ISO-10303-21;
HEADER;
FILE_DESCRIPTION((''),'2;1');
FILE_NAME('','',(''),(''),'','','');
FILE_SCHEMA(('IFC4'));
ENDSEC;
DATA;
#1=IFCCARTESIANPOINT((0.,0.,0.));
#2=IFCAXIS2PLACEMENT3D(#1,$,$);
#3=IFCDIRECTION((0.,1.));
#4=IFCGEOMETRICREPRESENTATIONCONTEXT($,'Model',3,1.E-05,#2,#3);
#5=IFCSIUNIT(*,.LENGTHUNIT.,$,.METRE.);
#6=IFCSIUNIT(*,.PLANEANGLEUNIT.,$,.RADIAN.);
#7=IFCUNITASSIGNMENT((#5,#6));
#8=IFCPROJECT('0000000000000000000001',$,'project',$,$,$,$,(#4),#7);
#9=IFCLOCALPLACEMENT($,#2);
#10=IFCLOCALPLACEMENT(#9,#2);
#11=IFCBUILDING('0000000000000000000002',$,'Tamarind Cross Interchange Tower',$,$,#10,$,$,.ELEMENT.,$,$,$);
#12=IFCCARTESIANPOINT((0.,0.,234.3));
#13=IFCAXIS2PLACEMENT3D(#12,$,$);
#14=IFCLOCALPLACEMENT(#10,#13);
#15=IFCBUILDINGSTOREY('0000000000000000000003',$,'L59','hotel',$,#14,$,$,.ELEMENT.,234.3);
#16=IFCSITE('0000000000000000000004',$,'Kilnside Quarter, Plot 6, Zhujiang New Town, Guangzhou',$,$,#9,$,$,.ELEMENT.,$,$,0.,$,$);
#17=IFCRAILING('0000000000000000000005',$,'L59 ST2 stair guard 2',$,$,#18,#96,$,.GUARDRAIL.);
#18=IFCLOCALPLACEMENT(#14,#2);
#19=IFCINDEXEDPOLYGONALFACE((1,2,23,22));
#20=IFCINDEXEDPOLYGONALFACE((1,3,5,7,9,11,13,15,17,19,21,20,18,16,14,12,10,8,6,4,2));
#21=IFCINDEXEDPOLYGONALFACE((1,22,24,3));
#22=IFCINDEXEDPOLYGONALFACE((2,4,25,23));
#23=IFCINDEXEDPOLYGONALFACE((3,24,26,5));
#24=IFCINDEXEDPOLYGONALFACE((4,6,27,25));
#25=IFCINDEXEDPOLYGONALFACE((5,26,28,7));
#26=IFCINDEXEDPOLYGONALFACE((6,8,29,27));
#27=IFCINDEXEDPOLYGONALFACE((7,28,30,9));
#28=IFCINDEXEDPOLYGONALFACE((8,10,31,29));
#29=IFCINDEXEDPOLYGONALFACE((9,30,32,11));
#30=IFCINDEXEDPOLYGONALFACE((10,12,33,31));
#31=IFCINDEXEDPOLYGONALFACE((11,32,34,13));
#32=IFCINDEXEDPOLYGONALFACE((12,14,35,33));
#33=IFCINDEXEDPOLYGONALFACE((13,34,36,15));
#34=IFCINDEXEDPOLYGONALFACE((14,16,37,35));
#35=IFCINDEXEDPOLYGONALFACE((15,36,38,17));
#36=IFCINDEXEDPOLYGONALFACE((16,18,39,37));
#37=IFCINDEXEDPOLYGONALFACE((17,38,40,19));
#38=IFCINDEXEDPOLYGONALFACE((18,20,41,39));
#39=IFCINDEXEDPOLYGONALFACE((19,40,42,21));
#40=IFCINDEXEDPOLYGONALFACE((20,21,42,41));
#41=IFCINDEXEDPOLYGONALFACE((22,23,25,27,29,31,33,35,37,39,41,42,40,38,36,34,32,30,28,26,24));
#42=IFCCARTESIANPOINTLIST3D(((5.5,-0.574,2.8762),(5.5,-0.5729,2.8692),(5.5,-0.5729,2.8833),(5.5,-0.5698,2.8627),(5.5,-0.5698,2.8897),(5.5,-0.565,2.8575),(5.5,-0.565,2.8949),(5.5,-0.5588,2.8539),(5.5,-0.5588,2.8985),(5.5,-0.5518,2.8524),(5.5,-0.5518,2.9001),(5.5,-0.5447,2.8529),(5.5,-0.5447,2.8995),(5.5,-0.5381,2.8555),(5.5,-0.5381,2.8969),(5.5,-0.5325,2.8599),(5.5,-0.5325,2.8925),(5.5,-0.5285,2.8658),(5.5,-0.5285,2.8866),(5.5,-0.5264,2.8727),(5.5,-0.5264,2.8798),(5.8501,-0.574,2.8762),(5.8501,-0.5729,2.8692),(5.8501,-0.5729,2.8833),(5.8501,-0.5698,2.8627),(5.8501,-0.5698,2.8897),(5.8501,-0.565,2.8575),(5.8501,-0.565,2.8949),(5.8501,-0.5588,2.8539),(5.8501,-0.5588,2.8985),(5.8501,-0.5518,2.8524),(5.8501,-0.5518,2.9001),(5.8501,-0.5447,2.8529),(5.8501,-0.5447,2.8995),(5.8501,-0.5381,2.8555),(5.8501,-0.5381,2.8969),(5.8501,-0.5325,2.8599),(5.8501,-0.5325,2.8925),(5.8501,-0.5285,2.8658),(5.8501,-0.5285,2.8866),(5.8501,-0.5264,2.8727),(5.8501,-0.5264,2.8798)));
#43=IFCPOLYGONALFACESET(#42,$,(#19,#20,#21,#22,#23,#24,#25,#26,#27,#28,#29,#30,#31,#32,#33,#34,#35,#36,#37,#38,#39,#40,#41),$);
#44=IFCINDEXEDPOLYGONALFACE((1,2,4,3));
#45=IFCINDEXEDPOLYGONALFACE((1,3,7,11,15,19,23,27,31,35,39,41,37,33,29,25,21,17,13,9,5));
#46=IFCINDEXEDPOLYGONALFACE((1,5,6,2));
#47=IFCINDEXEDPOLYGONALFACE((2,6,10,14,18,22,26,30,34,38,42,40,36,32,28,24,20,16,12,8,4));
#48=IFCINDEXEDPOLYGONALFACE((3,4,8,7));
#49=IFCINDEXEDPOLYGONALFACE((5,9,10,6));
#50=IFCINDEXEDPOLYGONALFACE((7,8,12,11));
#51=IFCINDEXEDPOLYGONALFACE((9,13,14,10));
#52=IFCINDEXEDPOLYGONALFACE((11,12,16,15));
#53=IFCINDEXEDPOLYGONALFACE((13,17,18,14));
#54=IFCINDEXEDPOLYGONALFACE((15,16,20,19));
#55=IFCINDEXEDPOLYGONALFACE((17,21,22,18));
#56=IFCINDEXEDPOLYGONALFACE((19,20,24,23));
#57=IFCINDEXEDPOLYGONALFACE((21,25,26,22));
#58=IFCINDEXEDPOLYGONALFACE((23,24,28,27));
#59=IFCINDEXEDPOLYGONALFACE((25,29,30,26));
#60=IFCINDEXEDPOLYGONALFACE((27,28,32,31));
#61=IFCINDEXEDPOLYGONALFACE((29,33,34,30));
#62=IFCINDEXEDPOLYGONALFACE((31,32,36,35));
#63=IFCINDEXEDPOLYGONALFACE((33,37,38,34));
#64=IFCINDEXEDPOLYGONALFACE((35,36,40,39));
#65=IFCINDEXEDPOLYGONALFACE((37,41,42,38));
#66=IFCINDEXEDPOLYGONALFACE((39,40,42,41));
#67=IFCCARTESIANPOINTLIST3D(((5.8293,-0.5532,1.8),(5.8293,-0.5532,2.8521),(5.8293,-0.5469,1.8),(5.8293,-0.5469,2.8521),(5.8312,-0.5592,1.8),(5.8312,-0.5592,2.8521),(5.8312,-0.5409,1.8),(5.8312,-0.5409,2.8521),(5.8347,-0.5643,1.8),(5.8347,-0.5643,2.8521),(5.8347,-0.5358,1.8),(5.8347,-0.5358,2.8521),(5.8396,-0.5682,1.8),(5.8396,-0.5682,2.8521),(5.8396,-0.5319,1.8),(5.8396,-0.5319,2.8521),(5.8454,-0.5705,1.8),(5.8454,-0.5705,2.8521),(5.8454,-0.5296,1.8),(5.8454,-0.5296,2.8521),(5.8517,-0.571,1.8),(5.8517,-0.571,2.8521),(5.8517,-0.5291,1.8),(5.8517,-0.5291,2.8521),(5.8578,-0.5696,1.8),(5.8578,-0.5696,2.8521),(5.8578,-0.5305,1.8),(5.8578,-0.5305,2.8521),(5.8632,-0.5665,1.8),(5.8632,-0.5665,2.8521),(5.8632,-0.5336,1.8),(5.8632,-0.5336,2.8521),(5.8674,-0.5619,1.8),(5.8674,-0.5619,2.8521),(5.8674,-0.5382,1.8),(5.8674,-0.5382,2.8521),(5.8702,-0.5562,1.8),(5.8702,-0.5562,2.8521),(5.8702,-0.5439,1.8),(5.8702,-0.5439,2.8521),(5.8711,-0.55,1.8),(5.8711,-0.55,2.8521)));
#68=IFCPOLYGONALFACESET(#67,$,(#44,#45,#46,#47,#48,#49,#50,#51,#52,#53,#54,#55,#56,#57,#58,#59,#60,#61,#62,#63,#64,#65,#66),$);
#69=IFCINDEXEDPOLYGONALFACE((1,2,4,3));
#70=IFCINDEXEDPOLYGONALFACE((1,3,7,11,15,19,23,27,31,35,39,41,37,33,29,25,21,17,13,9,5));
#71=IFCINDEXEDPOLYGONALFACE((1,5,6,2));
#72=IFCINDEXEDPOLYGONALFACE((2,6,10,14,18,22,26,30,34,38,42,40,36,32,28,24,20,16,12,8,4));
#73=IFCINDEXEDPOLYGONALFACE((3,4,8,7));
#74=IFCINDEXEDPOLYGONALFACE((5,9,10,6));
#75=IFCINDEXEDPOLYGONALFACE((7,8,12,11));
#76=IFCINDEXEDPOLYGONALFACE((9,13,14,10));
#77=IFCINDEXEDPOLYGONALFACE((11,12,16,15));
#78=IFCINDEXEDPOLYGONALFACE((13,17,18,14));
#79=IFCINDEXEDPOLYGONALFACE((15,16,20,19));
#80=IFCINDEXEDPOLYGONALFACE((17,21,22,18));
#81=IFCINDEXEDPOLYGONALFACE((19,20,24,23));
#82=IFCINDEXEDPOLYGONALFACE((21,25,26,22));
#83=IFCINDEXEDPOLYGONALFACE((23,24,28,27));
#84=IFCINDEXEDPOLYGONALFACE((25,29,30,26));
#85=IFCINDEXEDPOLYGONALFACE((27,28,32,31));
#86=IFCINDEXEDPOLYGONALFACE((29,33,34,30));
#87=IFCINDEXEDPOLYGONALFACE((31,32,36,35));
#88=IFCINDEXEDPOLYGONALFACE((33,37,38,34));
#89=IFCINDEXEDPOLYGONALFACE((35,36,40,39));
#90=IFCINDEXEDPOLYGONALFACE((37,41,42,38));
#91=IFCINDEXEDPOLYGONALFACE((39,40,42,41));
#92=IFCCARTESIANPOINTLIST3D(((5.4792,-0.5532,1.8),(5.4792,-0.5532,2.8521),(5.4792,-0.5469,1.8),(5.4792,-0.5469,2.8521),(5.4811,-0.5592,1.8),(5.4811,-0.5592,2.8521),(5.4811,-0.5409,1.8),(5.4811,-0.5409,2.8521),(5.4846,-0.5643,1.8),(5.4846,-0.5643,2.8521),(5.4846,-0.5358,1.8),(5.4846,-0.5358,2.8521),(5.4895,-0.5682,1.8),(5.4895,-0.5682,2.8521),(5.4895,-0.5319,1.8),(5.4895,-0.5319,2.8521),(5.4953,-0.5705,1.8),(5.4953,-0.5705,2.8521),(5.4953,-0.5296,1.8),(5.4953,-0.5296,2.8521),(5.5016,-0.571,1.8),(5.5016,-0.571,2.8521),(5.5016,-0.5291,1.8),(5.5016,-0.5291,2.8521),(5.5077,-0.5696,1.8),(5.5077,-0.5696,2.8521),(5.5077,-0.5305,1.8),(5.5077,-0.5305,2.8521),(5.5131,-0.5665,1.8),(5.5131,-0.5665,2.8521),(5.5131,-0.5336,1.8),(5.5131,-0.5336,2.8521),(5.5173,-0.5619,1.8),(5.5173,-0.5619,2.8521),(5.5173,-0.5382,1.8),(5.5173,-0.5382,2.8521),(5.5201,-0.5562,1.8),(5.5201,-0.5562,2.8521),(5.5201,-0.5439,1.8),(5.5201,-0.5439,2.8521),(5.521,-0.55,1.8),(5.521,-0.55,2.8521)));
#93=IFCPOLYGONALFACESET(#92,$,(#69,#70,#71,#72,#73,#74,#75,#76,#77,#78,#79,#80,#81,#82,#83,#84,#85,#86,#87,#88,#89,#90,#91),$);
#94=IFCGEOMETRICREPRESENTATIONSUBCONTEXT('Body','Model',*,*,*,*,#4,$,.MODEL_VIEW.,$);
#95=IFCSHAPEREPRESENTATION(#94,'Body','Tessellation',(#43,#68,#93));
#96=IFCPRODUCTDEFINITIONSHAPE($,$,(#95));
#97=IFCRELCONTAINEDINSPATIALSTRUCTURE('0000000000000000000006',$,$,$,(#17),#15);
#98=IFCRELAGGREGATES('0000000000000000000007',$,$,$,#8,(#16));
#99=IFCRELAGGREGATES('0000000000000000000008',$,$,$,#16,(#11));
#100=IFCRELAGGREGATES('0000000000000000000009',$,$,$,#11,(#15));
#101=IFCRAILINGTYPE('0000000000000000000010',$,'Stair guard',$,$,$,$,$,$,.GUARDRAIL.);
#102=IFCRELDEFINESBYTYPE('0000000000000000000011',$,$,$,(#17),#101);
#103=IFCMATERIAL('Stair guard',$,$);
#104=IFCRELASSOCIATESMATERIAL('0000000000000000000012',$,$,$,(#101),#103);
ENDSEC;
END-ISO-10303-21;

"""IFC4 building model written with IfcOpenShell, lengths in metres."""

from ifc_helpers import new_model, si_unit, direction, frame, origin, origin_2d, place, context, subcontext, project, spatial, circle, extrude, material, type_object, element, save


model = new_model("IFC4")

# Units and contexts
model_context = context("Model", 3, precision=1e-05, world=origin(), true_north=direction((0.0, 1.0)))
body_context = subcontext(model_context, "Body", "Model", "MODEL_VIEW")
ifc_project = project(units=[si_unit("LENGTHUNIT", "METRE"), si_unit("PLANEANGLEUNIT", "RADIAN")], contexts=[model_context])

# Site, building, storey
site_placement = place(None, origin())
site = spatial("IfcSite", under=ifc_project, at=site_placement, Name="Kilnside Quarter, Plot 6, Zhujiang New Town, Guangzhou", CompositionType="ELEMENT", RefElevation=0.0)
building_placement = place(site_placement, origin())
building = spatial("IfcBuilding", under=site, at=building_placement, Name="Tamarind Cross Interchange Tower", CompositionType="ELEMENT")
storey_placement = place(building_placement, frame((0.0, 0.0, 234.3)))
storey = spatial("IfcBuildingStorey", under=building, at=storey_placement, Name="L59", Description="hotel", CompositionType="ELEMENT", Elevation=234.3)

# Railing
ifc_material_1 = material(Name="Stair guard")
railing_type_1 = type_object("IfcRailingType", Name="Stair guard", PredefinedType="GUARDRAIL", material=ifc_material_1)
railing_1_placement = place(storey_placement, frame((5.8501, -0.55, 1.8)))
element("IfcRailing", 1, at=railing_1_placement, inside=storey, type_object=railing_type_1, Name="L59 ST2 stair guard 2", PredefinedType="GUARDRAIL", context=body_context, shape_type="SweptSolid", body=[
    extrude(circle(Radius=0.0239, at=origin_2d()), frame((0.0, 0.0, 1.0762), z_axis=(-1.0, 0.0, 0.0), x_axis=(0.0, -1.0, 0.0)), (0.0, 0.0, 1.0), 0.3501),
    extrude(circle(Radius=0.021, at=origin_2d()), origin(), (0.0, 0.0, 1.0), 1.052),
    extrude(circle(Radius=0.021, at=origin_2d()), frame((-0.3501, 0.0, 0.0)), (0.0, 0.0, 1.0), 1.052),
])

save(model, "model.ifc")
